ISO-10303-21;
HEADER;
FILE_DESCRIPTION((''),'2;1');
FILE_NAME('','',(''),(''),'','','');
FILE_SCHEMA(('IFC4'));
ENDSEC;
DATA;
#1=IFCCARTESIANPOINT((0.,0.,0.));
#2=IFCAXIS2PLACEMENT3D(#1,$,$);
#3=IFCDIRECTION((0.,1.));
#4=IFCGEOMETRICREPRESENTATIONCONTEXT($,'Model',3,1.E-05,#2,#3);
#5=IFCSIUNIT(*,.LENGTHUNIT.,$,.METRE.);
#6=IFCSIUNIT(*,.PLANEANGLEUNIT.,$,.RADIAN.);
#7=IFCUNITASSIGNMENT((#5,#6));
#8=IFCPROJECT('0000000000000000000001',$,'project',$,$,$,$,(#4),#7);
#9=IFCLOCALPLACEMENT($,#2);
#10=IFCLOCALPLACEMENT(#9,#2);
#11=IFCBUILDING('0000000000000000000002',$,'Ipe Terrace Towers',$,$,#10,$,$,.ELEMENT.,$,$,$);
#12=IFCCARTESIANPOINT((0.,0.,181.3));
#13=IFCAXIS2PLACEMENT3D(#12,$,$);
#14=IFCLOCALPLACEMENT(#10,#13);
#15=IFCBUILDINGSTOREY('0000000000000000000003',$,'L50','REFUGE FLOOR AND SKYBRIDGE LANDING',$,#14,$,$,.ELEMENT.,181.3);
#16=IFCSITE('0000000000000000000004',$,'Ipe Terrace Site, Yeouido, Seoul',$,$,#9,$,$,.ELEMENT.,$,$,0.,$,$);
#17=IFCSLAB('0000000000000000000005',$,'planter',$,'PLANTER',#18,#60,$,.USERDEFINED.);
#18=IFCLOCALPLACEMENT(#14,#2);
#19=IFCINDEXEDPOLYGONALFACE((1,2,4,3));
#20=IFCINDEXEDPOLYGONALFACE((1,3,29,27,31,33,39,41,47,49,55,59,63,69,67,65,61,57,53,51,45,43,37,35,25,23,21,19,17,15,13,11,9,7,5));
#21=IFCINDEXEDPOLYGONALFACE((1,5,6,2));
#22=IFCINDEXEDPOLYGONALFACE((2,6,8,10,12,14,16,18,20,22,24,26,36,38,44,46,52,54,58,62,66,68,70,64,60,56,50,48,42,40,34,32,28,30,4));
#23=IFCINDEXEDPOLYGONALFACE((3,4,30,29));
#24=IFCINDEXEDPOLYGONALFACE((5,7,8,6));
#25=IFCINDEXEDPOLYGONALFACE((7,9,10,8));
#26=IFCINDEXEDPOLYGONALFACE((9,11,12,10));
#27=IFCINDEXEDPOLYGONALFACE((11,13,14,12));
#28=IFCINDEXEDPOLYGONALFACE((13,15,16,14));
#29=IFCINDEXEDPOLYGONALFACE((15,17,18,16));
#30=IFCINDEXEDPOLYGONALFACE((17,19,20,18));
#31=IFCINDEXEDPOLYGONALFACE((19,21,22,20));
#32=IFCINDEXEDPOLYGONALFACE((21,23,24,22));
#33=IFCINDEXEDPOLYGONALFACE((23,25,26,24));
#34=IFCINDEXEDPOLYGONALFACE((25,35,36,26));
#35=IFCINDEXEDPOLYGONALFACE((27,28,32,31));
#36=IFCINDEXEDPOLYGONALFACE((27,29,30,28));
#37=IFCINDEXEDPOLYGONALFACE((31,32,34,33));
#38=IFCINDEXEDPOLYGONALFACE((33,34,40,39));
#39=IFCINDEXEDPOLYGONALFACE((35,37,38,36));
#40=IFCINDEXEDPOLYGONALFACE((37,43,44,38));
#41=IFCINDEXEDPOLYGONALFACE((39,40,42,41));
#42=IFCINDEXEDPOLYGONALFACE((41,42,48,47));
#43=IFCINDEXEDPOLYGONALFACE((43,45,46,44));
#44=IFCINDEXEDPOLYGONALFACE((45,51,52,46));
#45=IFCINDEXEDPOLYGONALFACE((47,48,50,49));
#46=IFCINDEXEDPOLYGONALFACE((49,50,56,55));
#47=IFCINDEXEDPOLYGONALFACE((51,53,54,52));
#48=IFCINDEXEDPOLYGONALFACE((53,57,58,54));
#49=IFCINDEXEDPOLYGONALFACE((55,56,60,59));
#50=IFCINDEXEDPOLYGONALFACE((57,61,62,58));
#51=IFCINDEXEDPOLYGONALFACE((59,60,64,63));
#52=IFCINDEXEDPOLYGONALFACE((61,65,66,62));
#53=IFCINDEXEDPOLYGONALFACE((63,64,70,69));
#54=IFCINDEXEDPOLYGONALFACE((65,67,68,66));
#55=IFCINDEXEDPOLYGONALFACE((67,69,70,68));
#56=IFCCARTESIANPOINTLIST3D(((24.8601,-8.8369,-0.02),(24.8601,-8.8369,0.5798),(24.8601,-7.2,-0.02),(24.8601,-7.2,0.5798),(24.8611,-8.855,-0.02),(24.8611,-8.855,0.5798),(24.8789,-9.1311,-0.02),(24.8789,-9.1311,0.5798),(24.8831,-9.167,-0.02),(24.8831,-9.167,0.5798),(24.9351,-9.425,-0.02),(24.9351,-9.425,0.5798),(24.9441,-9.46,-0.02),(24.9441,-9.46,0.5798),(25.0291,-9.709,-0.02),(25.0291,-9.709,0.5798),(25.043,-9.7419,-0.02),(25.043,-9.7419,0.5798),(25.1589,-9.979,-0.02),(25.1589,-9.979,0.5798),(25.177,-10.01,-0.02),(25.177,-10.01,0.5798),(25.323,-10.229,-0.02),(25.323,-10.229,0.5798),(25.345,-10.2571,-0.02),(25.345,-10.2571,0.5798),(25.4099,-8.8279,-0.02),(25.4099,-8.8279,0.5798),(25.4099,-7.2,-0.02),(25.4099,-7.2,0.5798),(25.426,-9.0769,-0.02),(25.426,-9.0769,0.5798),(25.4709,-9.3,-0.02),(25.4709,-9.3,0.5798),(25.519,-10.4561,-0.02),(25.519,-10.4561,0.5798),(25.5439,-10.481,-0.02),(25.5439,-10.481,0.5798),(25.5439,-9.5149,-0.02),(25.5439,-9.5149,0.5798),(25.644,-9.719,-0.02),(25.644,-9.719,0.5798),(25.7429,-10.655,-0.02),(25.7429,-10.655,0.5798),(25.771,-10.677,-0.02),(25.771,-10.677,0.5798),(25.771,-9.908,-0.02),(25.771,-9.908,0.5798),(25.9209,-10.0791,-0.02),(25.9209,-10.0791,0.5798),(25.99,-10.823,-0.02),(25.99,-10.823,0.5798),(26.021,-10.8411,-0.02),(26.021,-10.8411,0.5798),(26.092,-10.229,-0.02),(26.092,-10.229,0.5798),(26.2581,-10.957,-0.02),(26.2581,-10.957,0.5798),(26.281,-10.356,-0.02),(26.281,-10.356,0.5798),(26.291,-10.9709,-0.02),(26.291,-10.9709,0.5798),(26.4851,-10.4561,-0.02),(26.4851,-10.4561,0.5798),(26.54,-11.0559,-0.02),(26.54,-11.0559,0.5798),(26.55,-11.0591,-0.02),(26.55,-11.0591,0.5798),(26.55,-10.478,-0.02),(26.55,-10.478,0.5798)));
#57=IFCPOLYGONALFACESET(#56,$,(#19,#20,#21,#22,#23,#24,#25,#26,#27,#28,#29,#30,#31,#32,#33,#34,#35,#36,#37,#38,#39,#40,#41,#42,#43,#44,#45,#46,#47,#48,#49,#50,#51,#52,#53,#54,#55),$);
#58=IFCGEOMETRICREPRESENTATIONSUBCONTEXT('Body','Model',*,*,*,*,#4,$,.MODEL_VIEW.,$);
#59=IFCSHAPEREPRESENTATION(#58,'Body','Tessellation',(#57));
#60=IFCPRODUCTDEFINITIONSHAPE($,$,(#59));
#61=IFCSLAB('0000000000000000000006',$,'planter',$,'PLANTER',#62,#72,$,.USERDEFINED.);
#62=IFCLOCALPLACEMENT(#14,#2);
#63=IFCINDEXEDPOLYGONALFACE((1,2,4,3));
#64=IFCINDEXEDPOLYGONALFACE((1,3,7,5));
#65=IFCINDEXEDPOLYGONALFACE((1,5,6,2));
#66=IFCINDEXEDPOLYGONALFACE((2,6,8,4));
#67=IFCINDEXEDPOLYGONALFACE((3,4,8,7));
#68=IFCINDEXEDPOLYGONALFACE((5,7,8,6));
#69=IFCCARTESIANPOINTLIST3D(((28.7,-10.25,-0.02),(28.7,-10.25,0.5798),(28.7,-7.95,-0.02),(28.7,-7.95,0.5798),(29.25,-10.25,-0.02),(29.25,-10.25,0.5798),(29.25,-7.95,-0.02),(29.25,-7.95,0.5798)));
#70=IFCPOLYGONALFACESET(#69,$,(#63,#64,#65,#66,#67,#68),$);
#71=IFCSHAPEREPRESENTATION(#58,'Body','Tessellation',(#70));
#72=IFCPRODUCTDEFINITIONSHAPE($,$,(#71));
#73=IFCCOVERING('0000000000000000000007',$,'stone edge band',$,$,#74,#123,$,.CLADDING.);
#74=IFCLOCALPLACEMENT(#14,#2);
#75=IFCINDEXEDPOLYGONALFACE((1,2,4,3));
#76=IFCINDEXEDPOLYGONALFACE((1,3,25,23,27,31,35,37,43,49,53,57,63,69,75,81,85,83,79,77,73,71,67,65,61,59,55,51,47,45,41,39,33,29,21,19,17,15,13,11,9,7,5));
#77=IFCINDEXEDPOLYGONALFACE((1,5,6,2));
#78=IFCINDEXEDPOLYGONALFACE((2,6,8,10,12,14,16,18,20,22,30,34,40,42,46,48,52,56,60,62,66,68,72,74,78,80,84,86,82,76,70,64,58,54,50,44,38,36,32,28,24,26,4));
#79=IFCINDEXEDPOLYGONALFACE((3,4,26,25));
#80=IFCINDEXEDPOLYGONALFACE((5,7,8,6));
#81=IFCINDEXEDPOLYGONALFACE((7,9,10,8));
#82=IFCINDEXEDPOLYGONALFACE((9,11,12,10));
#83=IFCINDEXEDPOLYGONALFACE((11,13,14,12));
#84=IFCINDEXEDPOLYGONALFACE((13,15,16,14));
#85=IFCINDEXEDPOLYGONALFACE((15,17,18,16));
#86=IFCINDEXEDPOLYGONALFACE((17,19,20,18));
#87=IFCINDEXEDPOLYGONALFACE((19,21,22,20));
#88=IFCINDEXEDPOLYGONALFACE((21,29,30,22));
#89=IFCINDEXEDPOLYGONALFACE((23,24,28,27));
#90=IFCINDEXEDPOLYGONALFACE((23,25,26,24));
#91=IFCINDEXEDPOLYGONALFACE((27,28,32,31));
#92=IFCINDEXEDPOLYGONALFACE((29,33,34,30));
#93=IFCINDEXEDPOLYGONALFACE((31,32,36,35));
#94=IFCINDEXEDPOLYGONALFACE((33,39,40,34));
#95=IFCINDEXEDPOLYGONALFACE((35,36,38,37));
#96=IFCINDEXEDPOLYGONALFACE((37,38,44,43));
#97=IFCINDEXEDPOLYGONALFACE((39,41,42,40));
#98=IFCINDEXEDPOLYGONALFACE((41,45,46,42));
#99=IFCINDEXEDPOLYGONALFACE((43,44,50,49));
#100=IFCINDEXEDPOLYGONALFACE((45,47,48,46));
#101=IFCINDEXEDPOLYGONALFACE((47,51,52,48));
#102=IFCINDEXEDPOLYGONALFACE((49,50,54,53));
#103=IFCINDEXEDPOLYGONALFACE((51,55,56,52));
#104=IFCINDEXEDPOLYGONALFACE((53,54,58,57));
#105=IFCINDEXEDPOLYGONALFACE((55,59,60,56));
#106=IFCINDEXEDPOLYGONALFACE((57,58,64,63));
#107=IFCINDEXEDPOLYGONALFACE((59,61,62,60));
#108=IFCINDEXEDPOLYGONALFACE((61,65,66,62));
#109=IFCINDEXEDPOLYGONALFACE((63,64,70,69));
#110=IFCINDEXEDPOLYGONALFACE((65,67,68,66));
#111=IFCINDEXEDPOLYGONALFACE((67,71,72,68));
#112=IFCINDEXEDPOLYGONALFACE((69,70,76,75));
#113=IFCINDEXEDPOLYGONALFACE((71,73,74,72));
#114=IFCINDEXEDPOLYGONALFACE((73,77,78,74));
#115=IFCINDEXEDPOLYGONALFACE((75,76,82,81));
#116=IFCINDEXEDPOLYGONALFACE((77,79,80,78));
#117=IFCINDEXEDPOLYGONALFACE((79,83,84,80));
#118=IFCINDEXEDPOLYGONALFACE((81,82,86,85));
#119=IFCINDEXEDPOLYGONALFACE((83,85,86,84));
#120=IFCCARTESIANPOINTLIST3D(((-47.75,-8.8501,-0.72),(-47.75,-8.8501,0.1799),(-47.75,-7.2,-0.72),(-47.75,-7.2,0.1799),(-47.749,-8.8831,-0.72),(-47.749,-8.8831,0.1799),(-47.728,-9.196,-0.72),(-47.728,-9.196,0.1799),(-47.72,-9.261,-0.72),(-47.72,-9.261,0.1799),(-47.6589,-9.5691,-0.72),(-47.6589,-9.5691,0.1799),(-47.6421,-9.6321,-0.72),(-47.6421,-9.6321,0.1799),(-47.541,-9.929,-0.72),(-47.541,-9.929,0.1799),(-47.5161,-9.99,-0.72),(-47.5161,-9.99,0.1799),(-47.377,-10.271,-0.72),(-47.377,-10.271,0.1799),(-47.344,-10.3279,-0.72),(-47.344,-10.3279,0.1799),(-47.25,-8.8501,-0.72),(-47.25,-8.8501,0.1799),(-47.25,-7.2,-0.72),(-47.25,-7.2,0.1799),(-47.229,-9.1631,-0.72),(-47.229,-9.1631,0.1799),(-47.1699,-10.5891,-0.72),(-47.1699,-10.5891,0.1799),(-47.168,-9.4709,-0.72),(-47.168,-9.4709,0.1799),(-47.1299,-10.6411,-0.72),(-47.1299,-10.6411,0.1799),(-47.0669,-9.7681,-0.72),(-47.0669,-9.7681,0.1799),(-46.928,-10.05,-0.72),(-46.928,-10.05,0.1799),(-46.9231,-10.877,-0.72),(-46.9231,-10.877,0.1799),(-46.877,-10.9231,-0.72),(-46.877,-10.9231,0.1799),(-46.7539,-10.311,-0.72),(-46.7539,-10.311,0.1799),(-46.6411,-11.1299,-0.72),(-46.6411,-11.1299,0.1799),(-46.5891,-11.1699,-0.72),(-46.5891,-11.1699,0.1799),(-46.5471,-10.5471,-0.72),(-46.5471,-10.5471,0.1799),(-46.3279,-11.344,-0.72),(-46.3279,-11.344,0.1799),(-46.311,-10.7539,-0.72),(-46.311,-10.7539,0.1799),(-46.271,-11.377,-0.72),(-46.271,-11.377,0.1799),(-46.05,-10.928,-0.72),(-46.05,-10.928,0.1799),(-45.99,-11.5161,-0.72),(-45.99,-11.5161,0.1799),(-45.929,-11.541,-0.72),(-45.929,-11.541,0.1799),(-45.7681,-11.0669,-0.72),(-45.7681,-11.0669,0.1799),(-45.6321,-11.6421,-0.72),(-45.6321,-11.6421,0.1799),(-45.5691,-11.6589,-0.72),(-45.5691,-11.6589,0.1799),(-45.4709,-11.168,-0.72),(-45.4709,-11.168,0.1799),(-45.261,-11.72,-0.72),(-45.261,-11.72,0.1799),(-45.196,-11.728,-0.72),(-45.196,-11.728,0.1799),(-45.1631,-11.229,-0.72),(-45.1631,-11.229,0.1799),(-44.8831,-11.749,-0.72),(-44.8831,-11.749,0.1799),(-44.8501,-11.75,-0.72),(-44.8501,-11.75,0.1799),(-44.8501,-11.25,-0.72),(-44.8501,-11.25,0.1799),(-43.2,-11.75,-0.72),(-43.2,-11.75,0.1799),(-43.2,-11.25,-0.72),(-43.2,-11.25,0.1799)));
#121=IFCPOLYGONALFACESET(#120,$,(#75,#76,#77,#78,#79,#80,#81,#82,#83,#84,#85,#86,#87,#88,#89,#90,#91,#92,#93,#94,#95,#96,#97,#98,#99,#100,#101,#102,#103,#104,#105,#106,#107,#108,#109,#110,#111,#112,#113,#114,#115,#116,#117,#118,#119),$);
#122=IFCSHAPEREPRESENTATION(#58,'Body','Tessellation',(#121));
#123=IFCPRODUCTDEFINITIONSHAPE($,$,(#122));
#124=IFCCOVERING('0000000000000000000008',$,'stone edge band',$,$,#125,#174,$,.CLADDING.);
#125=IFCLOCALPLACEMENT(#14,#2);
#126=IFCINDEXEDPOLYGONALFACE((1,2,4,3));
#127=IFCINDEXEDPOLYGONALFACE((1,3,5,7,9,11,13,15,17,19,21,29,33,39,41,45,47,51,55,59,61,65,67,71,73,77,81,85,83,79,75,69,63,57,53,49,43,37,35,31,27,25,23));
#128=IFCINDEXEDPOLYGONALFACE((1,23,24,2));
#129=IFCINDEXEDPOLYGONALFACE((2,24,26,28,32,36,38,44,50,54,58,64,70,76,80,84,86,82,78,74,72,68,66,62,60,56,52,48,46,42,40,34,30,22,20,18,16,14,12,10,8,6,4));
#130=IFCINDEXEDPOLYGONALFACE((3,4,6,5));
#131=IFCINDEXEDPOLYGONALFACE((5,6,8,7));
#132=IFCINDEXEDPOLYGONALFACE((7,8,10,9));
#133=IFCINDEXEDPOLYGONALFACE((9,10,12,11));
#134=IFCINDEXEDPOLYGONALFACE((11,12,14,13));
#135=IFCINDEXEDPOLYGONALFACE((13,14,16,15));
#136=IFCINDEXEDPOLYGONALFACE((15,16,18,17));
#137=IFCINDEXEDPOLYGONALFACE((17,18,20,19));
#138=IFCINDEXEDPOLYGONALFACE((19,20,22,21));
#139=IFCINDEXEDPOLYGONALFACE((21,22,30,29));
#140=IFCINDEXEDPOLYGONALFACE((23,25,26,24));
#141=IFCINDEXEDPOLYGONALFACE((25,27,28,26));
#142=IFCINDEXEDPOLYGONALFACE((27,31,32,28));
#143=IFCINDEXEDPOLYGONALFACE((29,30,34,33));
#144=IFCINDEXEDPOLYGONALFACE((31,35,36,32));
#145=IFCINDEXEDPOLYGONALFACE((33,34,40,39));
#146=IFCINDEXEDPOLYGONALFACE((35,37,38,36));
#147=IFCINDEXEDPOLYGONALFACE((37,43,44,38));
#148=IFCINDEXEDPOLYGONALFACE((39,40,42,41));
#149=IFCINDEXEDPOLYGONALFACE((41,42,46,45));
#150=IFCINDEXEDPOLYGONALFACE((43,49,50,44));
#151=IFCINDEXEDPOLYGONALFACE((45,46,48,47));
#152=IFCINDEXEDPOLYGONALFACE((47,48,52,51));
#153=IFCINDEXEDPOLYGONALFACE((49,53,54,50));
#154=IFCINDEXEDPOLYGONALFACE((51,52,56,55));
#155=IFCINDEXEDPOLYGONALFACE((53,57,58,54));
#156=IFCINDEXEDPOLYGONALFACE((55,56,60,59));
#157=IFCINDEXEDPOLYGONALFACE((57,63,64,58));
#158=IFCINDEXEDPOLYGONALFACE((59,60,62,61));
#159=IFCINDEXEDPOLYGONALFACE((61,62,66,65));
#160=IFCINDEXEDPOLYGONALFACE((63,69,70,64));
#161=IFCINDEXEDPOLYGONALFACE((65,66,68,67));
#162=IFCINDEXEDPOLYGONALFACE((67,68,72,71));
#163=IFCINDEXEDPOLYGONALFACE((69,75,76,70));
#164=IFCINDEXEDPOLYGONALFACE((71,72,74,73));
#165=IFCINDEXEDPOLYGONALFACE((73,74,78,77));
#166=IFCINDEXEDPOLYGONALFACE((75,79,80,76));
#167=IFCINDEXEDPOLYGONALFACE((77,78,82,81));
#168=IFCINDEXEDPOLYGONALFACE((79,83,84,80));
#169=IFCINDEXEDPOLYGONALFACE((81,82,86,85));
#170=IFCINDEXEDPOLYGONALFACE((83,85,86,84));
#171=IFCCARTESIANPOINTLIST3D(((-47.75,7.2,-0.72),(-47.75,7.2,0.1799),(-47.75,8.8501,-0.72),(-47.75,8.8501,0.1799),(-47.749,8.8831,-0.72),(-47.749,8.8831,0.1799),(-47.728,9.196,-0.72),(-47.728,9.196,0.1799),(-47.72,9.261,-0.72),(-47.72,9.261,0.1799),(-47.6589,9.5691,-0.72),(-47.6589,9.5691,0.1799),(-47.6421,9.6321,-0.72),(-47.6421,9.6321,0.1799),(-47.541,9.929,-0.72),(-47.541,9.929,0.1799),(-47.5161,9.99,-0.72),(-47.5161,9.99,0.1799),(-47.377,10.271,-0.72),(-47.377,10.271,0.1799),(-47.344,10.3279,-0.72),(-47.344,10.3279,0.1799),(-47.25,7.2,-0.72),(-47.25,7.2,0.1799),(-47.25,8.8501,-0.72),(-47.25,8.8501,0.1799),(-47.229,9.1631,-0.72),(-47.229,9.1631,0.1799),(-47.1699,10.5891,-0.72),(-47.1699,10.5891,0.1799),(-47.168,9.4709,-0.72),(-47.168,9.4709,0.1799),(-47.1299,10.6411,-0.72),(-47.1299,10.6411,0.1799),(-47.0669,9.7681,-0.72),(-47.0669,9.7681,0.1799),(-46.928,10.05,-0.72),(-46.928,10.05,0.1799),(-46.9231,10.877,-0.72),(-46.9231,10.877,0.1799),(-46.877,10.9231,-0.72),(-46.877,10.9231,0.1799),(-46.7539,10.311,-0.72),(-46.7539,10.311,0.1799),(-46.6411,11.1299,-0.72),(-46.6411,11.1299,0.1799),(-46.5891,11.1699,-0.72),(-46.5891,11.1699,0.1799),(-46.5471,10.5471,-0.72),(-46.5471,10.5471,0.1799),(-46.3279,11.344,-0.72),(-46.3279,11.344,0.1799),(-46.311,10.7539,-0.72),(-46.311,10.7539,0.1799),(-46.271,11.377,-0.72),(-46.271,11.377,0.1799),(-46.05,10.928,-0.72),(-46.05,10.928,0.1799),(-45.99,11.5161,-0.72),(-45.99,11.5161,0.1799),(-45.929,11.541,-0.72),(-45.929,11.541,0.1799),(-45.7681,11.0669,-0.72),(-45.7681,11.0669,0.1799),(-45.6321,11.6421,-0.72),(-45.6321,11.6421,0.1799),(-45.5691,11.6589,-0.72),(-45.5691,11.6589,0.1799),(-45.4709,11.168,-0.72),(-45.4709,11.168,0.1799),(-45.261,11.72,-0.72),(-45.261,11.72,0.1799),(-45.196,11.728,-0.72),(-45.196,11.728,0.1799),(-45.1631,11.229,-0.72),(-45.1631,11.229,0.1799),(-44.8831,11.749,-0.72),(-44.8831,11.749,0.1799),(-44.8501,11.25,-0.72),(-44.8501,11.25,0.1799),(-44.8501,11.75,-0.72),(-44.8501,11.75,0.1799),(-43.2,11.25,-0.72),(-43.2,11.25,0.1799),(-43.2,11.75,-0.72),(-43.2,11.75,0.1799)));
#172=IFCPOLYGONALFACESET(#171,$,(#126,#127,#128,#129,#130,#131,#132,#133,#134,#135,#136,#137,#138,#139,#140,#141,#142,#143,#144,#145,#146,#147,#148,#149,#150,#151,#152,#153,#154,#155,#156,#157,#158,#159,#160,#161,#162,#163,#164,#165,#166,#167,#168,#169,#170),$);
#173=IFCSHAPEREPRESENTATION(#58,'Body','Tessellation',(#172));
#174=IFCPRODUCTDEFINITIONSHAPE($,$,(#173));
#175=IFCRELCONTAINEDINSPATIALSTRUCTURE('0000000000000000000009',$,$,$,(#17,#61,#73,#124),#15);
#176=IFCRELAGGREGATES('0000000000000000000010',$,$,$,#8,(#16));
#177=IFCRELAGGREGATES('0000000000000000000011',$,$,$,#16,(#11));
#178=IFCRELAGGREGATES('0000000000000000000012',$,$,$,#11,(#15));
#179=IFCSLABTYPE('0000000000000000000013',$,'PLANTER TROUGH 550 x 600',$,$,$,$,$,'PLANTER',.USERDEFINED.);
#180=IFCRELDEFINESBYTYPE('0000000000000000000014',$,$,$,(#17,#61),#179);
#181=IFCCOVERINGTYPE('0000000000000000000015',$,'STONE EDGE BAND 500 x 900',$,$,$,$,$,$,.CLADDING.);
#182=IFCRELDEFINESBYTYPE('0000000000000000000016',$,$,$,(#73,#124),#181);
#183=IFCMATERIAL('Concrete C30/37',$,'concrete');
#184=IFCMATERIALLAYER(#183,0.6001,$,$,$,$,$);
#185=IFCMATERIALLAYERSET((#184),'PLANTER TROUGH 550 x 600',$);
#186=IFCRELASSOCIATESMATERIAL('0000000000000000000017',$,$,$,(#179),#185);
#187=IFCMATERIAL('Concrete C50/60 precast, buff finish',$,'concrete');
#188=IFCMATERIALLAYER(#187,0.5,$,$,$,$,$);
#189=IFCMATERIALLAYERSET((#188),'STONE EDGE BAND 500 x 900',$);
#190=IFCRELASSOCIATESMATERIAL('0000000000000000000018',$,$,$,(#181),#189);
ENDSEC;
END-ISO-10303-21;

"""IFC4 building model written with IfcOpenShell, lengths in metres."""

from ifc_helpers import new_model, si_unit, direction, frame, origin, place, context, subcontext, project, spatial, polyline, outline, extrude, material, layer, layer_set, type_object, element, save


model = new_model("IFC4")

# Units and contexts
model_context = context("Model", 3, precision=1e-05, world=origin(), true_north=direction((0.0, 1.0)))
body_context = subcontext(model_context, "Body", "Model", "MODEL_VIEW")
ifc_project = project(units=[si_unit("LENGTHUNIT", "METRE"), si_unit("PLANEANGLEUNIT", "RADIAN")], contexts=[model_context])

# Site, building, storey
site_placement = place(None, origin())
site = spatial("IfcSite", under=ifc_project, at=site_placement, Name="Ipe Terrace Site, Yeouido, Seoul", CompositionType="ELEMENT", RefElevation=0.0)
building_placement = place(site_placement, origin())
building = spatial("IfcBuilding", under=site, at=building_placement, Name="Ipe Terrace Towers", CompositionType="ELEMENT")
storey_placement = place(building_placement, frame((0.0, 0.0, 181.3)))
storey = spatial("IfcBuildingStorey", under=building, at=storey_placement, Name="L50", Description="REFUGE FLOOR AND SKYBRIDGE LANDING", CompositionType="ELEMENT", Elevation=181.3)

# Slabs
ifc_material_1 = material(Name="Concrete C30/37", Category="concrete")
ifc_layer_1 = layer(ifc_material_1, 0.6001)
ifc_layer_set_1 = layer_set([ifc_layer_1], Name="PLANTER TROUGH 550 x 600")
slab_type_1 = type_object("IfcSlabType", Name="PLANTER TROUGH 550 x 600", ElementType="PLANTER", PredefinedType="USERDEFINED", material=ifc_layer_set_1)
slab_1_placement = place(storey_placement, frame((0.0, 0.0, -0.02)))
element("IfcSlab", 1, at=slab_1_placement, inside=storey, type_object=slab_type_1, Name="planter", ObjectType="PLANTER", PredefinedType="USERDEFINED", context=body_context, shape_type="SweptSolid", body=[
    extrude(outline(polyline([(26.4851, -10.4561), (26.281, -10.356), (26.092, -10.229), (25.9209, -10.0791), (25.771, -9.908), (25.644, -9.719), (25.5439, -9.5149), (25.4709, -9.3), (25.426, -9.0769), (25.4099, -8.8279), (25.4099, -7.2), (24.8601, -7.2), (24.8601, -8.8369), (24.8611, -8.855), (24.8789, -9.1311), (24.8831, -9.167), (24.9351, -9.425), (24.9441, -9.46), (25.0291, -9.709), (25.043, -9.7419), (25.1589, -9.979), (25.177, -10.01), (25.323, -10.229), (25.345, -10.2571), (25.519, -10.4561), (25.5439, -10.481), (25.7429, -10.655), (25.771, -10.677), (25.99, -10.823), (26.021, -10.8411), (26.2581, -10.957), (26.291, -10.9709), (26.54, -11.0559), (26.55, -11.0591), (26.55, -10.478), (26.4851, -10.4561)])), origin(), (0.0, 0.0, 1.0), 0.5999),
])
slab_2_placement = place(storey_placement, frame((0.0, 0.0, -0.02)))
element("IfcSlab", 2, at=slab_2_placement, inside=storey, type_object=slab_type_1, Name="planter", ObjectType="PLANTER", PredefinedType="USERDEFINED", context=body_context, shape_type="SweptSolid", body=[
    extrude(outline(polyline([(29.25, -7.95), (28.7, -7.95), (28.7, -10.25), (29.25, -10.25), (29.25, -7.95)])), origin(), (0.0, 0.0, 1.0), 0.5999),
])

# Coverings
ifc_material_2 = material(Name="Concrete C50/60 precast, buff finish", Category="concrete")
ifc_layer_2 = layer(ifc_material_2, 0.5)
ifc_layer_set_2 = layer_set([ifc_layer_2], Name="STONE EDGE BAND 500 x 900")
covering_type = type_object("IfcCoveringType", Name="STONE EDGE BAND 500 x 900", PredefinedType="CLADDING", material=ifc_layer_set_2)
covering_1_placement = place(storey_placement, frame((0.0, 0.0, -0.72)))
element("IfcCovering", 3, at=covering_1_placement, inside=storey, type_object=covering_type, Name="stone edge band", PredefinedType="CLADDING", context=body_context, shape_type="SweptSolid", body=[
    extrude(outline(polyline([(-44.8501, -11.75), (-43.2, -11.75), (-43.2, -11.25), (-44.8501, -11.25), (-45.1631, -11.229), (-45.4709, -11.168), (-45.7681, -11.0669), (-46.05, -10.928), (-46.311, -10.7539), (-46.5471, -10.5471), (-46.7539, -10.311), (-46.928, -10.05), (-47.0669, -9.7681), (-47.168, -9.4709), (-47.229, -9.1631), (-47.25, -8.8501), (-47.25, -7.2), (-47.75, -7.2), (-47.75, -8.8501), (-47.749, -8.8831), (-47.728, -9.196), (-47.72, -9.261), (-47.6589, -9.5691), (-47.6421, -9.6321), (-47.541, -9.929), (-47.5161, -9.99), (-47.377, -10.271), (-47.344, -10.3279), (-47.1699, -10.5891), (-47.1299, -10.6411), (-46.9231, -10.877), (-46.877, -10.9231), (-46.6411, -11.1299), (-46.5891, -11.1699), (-46.3279, -11.344), (-46.271, -11.377), (-45.99, -11.5161), (-45.929, -11.541), (-45.6321, -11.6421), (-45.5691, -11.6589), (-45.261, -11.72), (-45.196, -11.728), (-44.8831, -11.749), (-44.8501, -11.75)])), origin(), (0.0, 0.0, 1.0), 0.8999),
])
covering_2_placement = place(storey_placement, frame((0.0, 0.0, -0.72)))
element("IfcCovering", 4, at=covering_2_placement, inside=storey, type_object=covering_type, Name="stone edge band", PredefinedType="CLADDING", context=body_context, shape_type="SweptSolid", body=[
    extrude(outline(polyline([(-44.8501, 11.75), (-44.8831, 11.749), (-45.196, 11.728), (-45.261, 11.72), (-45.5691, 11.6589), (-45.6321, 11.6421), (-45.929, 11.541), (-45.99, 11.5161), (-46.271, 11.377), (-46.3279, 11.344), (-46.5891, 11.1699), (-46.6411, 11.1299), (-46.877, 10.9231), (-46.9231, 10.877), (-47.1299, 10.6411), (-47.1699, 10.5891), (-47.344, 10.3279), (-47.377, 10.271), (-47.5161, 9.99), (-47.541, 9.929), (-47.6421, 9.6321), (-47.6589, 9.5691), (-47.72, 9.261), (-47.728, 9.196), (-47.749, 8.8831), (-47.75, 8.8501), (-47.75, 7.2), (-47.25, 7.2), (-47.25, 8.8501), (-47.229, 9.1631), (-47.168, 9.4709), (-47.0669, 9.7681), (-46.928, 10.05), (-46.7539, 10.311), (-46.5471, 10.5471), (-46.311, 10.7539), (-46.05, 10.928), (-45.7681, 11.0669), (-45.4709, 11.168), (-45.1631, 11.229), (-44.8501, 11.25), (-43.2, 11.25), (-43.2, 11.75), (-44.8501, 11.75)])), origin(), (0.0, 0.0, 1.0), 0.8999),
])

save(model, "model.ifc")
